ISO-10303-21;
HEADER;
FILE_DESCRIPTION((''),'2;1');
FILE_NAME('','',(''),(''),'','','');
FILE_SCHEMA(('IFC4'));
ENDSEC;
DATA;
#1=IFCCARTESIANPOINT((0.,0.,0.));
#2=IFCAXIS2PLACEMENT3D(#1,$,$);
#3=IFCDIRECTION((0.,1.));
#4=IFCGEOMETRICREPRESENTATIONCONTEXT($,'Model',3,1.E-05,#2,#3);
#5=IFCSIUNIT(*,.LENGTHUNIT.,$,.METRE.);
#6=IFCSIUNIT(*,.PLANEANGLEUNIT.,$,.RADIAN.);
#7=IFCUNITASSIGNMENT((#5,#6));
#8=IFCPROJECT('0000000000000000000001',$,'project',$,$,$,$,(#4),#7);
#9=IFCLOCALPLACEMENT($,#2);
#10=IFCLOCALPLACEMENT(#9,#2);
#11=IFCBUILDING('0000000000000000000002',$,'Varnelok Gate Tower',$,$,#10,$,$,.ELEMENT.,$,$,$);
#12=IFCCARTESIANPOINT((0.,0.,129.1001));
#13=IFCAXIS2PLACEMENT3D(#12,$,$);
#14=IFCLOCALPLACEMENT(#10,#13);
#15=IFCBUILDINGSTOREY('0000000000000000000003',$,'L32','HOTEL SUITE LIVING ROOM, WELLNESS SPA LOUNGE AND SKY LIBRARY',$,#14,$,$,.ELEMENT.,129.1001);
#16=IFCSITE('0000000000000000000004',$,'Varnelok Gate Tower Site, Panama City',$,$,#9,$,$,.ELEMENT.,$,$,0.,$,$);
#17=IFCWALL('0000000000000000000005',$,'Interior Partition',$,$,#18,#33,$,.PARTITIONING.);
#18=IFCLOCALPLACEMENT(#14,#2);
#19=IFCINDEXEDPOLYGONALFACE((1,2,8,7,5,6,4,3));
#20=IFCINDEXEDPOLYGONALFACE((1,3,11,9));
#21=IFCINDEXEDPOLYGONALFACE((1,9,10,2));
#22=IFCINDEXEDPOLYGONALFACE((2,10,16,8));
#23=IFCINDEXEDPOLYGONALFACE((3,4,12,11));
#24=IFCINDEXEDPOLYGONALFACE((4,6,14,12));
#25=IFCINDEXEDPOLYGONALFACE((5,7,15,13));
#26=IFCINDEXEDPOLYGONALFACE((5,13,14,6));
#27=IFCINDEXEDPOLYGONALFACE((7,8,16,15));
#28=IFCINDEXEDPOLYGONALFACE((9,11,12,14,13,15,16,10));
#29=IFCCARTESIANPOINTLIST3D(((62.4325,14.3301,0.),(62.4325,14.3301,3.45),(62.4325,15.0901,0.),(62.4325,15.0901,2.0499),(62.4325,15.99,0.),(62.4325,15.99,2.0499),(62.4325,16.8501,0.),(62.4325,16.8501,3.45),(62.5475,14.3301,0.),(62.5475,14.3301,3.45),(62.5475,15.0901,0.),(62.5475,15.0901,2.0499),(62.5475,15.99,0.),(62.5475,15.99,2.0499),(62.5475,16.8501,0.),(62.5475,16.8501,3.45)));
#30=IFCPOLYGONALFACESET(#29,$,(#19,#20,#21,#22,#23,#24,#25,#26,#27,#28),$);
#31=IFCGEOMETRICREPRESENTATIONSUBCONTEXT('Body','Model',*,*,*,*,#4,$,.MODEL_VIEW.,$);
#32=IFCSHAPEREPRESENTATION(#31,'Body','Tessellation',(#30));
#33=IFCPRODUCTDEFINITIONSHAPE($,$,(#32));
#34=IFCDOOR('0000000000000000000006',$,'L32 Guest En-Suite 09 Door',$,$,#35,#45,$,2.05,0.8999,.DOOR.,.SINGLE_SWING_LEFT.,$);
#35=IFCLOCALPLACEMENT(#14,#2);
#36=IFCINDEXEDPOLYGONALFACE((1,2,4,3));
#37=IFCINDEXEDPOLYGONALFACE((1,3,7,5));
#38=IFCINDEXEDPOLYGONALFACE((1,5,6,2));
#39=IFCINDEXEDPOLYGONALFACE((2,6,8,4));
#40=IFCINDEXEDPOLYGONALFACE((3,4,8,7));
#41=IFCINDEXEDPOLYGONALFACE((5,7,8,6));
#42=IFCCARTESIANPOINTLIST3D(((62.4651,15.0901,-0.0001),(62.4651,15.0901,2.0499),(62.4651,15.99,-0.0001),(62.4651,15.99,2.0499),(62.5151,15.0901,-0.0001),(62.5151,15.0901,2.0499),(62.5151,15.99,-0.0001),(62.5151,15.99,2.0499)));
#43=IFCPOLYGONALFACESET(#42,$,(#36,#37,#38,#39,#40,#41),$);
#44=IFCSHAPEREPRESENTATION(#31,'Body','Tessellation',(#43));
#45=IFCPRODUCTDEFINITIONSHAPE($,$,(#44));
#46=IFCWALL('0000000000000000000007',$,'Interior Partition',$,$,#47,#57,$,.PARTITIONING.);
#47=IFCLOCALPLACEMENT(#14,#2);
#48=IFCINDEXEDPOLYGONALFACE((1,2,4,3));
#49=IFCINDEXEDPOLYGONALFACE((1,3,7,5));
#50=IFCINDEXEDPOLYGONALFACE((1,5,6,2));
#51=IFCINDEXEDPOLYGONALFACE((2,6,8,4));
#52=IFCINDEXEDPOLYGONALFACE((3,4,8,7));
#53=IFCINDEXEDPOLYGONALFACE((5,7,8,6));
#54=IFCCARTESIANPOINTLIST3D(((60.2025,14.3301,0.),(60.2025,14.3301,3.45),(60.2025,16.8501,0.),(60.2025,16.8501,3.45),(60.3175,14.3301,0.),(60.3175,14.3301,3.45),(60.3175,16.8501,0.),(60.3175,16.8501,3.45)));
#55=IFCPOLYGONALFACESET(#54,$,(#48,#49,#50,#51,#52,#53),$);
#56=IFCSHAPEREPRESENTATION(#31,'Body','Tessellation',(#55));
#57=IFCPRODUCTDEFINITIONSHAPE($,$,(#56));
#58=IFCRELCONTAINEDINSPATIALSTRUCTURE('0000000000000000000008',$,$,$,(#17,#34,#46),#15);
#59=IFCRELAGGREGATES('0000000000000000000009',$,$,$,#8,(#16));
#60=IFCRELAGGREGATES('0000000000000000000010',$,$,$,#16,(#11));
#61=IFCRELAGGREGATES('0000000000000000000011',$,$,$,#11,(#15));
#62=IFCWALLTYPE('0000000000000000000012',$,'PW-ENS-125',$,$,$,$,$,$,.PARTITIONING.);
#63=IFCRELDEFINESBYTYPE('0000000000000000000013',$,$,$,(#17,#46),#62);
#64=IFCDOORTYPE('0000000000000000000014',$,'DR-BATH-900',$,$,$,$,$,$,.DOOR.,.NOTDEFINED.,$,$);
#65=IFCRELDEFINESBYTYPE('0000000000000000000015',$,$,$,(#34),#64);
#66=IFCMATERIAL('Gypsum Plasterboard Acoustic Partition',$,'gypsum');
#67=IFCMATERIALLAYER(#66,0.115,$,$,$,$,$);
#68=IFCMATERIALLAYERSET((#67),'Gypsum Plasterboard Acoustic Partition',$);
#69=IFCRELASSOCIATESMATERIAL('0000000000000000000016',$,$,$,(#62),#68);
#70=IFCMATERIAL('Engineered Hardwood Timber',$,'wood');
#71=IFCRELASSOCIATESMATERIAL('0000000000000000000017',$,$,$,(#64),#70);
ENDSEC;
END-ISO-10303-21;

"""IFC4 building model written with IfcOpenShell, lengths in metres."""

from ifc_helpers import new_model, si_unit, direction, frame, frame_2d, origin, place, context, subcontext, project, spatial, rectangle, extrude, material, layer, layer_set, type_object, element, fill, save


model = new_model("IFC4")

# Units and contexts
model_context = context("Model", 3, precision=1e-05, world=origin(), true_north=direction((0.0, 1.0)))
body_context = subcontext(model_context, "Body", "Model", "MODEL_VIEW")
ifc_project = project(units=[si_unit("LENGTHUNIT", "METRE"), si_unit("PLANEANGLEUNIT", "RADIAN")], contexts=[model_context])

# Site, building, storey
site_placement = place(None, origin())
site = spatial("IfcSite", under=ifc_project, at=site_placement, Name="Varnelok Gate Tower Site, Panama City", CompositionType="ELEMENT", RefElevation=0.0)
building_placement = place(site_placement, origin())
building = spatial("IfcBuilding", under=site, at=building_placement, Name="Varnelok Gate Tower", CompositionType="ELEMENT")
storey_placement = place(building_placement, frame((0.0, 0.0, 129.1001)))
storey = spatial("IfcBuildingStorey", under=building, at=storey_placement, Name="L32", Description="HOTEL SUITE LIVING ROOM, WELLNESS SPA LOUNGE AND SKY LIBRARY", CompositionType="ELEMENT", Elevation=129.1001)

# Shared definitions
ifc_material_1 = material(Name="Gypsum Plasterboard Acoustic Partition", Category="gypsum")
ifc_material_2 = material(Name="Engineered Hardwood Timber", Category="wood")

# Shared definitions
ifc_layer_1 = layer(ifc_material_1, 0.115)
ifc_layer_set_1 = layer_set([ifc_layer_1], Name="Gypsum Plasterboard Acoustic Partition")
wall_type_1 = type_object("IfcWallType", Name="PW-ENS-125", PredefinedType="PARTITIONING", material=ifc_layer_set_1)

# Wall, opening, door
wall_1_placement = place(storey_placement, frame((62.49, 14.3301, 0.0), z_axis=(0.0, 0.0, 1.0), x_axis=(0.0, 1.0, 0.0)))
wall_1 = element("IfcWall", 1, at=wall_1_placement, inside=storey, type_object=wall_type_1, Name="Interior Partition", PredefinedType="PARTITIONING", context=body_context, shape_type="SweptSolid", body=[
    extrude(rectangle(XDim=2.52, YDim=0.115, at=frame_2d((1.26, 0.0))), origin(), (0.0, 0.0, 1.0), 3.45),
])
opening_1_placement = place(wall_1_placement, frame((0.76, 0.0, 0.0)))
opening_1 = element("IfcOpeningElement", 2, at=opening_1_placement, cuts=wall_1, PredefinedType="OPENING", context=body_context, shape_type="SweptSolid", body=[
    extrude(rectangle(XDim=0.8999, YDim=2.05, at=frame_2d((0.45, 1.0249))), frame((0.0, 0.0674, 0.0), z_axis=(0.0, -1.0, 0.0), x_axis=(1.0, 0.0, 0.0)), (0.0, 0.0, 1.0), 0.135),
])
door_type_1 = type_object("IfcDoorType", Name="DR-BATH-900", OperationType="NOTDEFINED", PredefinedType="DOOR", material=ifc_material_2)
door_1_placement = place(opening_1_placement, origin())
door_1 = element("IfcDoor", 3, at=door_1_placement, inside=storey, type_object=door_type_1, Name="L32 Guest En-Suite 09 Door", OperationType="SINGLE_SWING_LEFT", OverallHeight=2.05, OverallWidth=0.8999, PredefinedType="DOOR", context=body_context, shape_type="SweptSolid", body=[
    extrude(rectangle(XDim=0.8999, YDim=2.05, at=frame_2d((0.45, 1.0249))), frame((0.0, 0.0249, 0.0), z_axis=(0.0, -1.0, 0.0), x_axis=(1.0, 0.0, 0.0)), (0.0, 0.0, 1.0), 0.05),
])
fill(opening_1, door_1)

# Wall
wall_2_placement = place(storey_placement, frame((60.26, 14.3301, 0.0), z_axis=(0.0, 0.0, 1.0), x_axis=(0.0, 1.0, 0.0)))
element("IfcWall", 4, at=wall_2_placement, inside=storey, type_object=wall_type_1, Name="Interior Partition", PredefinedType="PARTITIONING", context=body_context, shape_type="SweptSolid", body=[
    extrude(rectangle(XDim=2.52, YDim=0.115, at=frame_2d((1.26, 0.0))), origin(), (0.0, 0.0, 1.0), 3.45),
])

save(model, "model.ifc")
